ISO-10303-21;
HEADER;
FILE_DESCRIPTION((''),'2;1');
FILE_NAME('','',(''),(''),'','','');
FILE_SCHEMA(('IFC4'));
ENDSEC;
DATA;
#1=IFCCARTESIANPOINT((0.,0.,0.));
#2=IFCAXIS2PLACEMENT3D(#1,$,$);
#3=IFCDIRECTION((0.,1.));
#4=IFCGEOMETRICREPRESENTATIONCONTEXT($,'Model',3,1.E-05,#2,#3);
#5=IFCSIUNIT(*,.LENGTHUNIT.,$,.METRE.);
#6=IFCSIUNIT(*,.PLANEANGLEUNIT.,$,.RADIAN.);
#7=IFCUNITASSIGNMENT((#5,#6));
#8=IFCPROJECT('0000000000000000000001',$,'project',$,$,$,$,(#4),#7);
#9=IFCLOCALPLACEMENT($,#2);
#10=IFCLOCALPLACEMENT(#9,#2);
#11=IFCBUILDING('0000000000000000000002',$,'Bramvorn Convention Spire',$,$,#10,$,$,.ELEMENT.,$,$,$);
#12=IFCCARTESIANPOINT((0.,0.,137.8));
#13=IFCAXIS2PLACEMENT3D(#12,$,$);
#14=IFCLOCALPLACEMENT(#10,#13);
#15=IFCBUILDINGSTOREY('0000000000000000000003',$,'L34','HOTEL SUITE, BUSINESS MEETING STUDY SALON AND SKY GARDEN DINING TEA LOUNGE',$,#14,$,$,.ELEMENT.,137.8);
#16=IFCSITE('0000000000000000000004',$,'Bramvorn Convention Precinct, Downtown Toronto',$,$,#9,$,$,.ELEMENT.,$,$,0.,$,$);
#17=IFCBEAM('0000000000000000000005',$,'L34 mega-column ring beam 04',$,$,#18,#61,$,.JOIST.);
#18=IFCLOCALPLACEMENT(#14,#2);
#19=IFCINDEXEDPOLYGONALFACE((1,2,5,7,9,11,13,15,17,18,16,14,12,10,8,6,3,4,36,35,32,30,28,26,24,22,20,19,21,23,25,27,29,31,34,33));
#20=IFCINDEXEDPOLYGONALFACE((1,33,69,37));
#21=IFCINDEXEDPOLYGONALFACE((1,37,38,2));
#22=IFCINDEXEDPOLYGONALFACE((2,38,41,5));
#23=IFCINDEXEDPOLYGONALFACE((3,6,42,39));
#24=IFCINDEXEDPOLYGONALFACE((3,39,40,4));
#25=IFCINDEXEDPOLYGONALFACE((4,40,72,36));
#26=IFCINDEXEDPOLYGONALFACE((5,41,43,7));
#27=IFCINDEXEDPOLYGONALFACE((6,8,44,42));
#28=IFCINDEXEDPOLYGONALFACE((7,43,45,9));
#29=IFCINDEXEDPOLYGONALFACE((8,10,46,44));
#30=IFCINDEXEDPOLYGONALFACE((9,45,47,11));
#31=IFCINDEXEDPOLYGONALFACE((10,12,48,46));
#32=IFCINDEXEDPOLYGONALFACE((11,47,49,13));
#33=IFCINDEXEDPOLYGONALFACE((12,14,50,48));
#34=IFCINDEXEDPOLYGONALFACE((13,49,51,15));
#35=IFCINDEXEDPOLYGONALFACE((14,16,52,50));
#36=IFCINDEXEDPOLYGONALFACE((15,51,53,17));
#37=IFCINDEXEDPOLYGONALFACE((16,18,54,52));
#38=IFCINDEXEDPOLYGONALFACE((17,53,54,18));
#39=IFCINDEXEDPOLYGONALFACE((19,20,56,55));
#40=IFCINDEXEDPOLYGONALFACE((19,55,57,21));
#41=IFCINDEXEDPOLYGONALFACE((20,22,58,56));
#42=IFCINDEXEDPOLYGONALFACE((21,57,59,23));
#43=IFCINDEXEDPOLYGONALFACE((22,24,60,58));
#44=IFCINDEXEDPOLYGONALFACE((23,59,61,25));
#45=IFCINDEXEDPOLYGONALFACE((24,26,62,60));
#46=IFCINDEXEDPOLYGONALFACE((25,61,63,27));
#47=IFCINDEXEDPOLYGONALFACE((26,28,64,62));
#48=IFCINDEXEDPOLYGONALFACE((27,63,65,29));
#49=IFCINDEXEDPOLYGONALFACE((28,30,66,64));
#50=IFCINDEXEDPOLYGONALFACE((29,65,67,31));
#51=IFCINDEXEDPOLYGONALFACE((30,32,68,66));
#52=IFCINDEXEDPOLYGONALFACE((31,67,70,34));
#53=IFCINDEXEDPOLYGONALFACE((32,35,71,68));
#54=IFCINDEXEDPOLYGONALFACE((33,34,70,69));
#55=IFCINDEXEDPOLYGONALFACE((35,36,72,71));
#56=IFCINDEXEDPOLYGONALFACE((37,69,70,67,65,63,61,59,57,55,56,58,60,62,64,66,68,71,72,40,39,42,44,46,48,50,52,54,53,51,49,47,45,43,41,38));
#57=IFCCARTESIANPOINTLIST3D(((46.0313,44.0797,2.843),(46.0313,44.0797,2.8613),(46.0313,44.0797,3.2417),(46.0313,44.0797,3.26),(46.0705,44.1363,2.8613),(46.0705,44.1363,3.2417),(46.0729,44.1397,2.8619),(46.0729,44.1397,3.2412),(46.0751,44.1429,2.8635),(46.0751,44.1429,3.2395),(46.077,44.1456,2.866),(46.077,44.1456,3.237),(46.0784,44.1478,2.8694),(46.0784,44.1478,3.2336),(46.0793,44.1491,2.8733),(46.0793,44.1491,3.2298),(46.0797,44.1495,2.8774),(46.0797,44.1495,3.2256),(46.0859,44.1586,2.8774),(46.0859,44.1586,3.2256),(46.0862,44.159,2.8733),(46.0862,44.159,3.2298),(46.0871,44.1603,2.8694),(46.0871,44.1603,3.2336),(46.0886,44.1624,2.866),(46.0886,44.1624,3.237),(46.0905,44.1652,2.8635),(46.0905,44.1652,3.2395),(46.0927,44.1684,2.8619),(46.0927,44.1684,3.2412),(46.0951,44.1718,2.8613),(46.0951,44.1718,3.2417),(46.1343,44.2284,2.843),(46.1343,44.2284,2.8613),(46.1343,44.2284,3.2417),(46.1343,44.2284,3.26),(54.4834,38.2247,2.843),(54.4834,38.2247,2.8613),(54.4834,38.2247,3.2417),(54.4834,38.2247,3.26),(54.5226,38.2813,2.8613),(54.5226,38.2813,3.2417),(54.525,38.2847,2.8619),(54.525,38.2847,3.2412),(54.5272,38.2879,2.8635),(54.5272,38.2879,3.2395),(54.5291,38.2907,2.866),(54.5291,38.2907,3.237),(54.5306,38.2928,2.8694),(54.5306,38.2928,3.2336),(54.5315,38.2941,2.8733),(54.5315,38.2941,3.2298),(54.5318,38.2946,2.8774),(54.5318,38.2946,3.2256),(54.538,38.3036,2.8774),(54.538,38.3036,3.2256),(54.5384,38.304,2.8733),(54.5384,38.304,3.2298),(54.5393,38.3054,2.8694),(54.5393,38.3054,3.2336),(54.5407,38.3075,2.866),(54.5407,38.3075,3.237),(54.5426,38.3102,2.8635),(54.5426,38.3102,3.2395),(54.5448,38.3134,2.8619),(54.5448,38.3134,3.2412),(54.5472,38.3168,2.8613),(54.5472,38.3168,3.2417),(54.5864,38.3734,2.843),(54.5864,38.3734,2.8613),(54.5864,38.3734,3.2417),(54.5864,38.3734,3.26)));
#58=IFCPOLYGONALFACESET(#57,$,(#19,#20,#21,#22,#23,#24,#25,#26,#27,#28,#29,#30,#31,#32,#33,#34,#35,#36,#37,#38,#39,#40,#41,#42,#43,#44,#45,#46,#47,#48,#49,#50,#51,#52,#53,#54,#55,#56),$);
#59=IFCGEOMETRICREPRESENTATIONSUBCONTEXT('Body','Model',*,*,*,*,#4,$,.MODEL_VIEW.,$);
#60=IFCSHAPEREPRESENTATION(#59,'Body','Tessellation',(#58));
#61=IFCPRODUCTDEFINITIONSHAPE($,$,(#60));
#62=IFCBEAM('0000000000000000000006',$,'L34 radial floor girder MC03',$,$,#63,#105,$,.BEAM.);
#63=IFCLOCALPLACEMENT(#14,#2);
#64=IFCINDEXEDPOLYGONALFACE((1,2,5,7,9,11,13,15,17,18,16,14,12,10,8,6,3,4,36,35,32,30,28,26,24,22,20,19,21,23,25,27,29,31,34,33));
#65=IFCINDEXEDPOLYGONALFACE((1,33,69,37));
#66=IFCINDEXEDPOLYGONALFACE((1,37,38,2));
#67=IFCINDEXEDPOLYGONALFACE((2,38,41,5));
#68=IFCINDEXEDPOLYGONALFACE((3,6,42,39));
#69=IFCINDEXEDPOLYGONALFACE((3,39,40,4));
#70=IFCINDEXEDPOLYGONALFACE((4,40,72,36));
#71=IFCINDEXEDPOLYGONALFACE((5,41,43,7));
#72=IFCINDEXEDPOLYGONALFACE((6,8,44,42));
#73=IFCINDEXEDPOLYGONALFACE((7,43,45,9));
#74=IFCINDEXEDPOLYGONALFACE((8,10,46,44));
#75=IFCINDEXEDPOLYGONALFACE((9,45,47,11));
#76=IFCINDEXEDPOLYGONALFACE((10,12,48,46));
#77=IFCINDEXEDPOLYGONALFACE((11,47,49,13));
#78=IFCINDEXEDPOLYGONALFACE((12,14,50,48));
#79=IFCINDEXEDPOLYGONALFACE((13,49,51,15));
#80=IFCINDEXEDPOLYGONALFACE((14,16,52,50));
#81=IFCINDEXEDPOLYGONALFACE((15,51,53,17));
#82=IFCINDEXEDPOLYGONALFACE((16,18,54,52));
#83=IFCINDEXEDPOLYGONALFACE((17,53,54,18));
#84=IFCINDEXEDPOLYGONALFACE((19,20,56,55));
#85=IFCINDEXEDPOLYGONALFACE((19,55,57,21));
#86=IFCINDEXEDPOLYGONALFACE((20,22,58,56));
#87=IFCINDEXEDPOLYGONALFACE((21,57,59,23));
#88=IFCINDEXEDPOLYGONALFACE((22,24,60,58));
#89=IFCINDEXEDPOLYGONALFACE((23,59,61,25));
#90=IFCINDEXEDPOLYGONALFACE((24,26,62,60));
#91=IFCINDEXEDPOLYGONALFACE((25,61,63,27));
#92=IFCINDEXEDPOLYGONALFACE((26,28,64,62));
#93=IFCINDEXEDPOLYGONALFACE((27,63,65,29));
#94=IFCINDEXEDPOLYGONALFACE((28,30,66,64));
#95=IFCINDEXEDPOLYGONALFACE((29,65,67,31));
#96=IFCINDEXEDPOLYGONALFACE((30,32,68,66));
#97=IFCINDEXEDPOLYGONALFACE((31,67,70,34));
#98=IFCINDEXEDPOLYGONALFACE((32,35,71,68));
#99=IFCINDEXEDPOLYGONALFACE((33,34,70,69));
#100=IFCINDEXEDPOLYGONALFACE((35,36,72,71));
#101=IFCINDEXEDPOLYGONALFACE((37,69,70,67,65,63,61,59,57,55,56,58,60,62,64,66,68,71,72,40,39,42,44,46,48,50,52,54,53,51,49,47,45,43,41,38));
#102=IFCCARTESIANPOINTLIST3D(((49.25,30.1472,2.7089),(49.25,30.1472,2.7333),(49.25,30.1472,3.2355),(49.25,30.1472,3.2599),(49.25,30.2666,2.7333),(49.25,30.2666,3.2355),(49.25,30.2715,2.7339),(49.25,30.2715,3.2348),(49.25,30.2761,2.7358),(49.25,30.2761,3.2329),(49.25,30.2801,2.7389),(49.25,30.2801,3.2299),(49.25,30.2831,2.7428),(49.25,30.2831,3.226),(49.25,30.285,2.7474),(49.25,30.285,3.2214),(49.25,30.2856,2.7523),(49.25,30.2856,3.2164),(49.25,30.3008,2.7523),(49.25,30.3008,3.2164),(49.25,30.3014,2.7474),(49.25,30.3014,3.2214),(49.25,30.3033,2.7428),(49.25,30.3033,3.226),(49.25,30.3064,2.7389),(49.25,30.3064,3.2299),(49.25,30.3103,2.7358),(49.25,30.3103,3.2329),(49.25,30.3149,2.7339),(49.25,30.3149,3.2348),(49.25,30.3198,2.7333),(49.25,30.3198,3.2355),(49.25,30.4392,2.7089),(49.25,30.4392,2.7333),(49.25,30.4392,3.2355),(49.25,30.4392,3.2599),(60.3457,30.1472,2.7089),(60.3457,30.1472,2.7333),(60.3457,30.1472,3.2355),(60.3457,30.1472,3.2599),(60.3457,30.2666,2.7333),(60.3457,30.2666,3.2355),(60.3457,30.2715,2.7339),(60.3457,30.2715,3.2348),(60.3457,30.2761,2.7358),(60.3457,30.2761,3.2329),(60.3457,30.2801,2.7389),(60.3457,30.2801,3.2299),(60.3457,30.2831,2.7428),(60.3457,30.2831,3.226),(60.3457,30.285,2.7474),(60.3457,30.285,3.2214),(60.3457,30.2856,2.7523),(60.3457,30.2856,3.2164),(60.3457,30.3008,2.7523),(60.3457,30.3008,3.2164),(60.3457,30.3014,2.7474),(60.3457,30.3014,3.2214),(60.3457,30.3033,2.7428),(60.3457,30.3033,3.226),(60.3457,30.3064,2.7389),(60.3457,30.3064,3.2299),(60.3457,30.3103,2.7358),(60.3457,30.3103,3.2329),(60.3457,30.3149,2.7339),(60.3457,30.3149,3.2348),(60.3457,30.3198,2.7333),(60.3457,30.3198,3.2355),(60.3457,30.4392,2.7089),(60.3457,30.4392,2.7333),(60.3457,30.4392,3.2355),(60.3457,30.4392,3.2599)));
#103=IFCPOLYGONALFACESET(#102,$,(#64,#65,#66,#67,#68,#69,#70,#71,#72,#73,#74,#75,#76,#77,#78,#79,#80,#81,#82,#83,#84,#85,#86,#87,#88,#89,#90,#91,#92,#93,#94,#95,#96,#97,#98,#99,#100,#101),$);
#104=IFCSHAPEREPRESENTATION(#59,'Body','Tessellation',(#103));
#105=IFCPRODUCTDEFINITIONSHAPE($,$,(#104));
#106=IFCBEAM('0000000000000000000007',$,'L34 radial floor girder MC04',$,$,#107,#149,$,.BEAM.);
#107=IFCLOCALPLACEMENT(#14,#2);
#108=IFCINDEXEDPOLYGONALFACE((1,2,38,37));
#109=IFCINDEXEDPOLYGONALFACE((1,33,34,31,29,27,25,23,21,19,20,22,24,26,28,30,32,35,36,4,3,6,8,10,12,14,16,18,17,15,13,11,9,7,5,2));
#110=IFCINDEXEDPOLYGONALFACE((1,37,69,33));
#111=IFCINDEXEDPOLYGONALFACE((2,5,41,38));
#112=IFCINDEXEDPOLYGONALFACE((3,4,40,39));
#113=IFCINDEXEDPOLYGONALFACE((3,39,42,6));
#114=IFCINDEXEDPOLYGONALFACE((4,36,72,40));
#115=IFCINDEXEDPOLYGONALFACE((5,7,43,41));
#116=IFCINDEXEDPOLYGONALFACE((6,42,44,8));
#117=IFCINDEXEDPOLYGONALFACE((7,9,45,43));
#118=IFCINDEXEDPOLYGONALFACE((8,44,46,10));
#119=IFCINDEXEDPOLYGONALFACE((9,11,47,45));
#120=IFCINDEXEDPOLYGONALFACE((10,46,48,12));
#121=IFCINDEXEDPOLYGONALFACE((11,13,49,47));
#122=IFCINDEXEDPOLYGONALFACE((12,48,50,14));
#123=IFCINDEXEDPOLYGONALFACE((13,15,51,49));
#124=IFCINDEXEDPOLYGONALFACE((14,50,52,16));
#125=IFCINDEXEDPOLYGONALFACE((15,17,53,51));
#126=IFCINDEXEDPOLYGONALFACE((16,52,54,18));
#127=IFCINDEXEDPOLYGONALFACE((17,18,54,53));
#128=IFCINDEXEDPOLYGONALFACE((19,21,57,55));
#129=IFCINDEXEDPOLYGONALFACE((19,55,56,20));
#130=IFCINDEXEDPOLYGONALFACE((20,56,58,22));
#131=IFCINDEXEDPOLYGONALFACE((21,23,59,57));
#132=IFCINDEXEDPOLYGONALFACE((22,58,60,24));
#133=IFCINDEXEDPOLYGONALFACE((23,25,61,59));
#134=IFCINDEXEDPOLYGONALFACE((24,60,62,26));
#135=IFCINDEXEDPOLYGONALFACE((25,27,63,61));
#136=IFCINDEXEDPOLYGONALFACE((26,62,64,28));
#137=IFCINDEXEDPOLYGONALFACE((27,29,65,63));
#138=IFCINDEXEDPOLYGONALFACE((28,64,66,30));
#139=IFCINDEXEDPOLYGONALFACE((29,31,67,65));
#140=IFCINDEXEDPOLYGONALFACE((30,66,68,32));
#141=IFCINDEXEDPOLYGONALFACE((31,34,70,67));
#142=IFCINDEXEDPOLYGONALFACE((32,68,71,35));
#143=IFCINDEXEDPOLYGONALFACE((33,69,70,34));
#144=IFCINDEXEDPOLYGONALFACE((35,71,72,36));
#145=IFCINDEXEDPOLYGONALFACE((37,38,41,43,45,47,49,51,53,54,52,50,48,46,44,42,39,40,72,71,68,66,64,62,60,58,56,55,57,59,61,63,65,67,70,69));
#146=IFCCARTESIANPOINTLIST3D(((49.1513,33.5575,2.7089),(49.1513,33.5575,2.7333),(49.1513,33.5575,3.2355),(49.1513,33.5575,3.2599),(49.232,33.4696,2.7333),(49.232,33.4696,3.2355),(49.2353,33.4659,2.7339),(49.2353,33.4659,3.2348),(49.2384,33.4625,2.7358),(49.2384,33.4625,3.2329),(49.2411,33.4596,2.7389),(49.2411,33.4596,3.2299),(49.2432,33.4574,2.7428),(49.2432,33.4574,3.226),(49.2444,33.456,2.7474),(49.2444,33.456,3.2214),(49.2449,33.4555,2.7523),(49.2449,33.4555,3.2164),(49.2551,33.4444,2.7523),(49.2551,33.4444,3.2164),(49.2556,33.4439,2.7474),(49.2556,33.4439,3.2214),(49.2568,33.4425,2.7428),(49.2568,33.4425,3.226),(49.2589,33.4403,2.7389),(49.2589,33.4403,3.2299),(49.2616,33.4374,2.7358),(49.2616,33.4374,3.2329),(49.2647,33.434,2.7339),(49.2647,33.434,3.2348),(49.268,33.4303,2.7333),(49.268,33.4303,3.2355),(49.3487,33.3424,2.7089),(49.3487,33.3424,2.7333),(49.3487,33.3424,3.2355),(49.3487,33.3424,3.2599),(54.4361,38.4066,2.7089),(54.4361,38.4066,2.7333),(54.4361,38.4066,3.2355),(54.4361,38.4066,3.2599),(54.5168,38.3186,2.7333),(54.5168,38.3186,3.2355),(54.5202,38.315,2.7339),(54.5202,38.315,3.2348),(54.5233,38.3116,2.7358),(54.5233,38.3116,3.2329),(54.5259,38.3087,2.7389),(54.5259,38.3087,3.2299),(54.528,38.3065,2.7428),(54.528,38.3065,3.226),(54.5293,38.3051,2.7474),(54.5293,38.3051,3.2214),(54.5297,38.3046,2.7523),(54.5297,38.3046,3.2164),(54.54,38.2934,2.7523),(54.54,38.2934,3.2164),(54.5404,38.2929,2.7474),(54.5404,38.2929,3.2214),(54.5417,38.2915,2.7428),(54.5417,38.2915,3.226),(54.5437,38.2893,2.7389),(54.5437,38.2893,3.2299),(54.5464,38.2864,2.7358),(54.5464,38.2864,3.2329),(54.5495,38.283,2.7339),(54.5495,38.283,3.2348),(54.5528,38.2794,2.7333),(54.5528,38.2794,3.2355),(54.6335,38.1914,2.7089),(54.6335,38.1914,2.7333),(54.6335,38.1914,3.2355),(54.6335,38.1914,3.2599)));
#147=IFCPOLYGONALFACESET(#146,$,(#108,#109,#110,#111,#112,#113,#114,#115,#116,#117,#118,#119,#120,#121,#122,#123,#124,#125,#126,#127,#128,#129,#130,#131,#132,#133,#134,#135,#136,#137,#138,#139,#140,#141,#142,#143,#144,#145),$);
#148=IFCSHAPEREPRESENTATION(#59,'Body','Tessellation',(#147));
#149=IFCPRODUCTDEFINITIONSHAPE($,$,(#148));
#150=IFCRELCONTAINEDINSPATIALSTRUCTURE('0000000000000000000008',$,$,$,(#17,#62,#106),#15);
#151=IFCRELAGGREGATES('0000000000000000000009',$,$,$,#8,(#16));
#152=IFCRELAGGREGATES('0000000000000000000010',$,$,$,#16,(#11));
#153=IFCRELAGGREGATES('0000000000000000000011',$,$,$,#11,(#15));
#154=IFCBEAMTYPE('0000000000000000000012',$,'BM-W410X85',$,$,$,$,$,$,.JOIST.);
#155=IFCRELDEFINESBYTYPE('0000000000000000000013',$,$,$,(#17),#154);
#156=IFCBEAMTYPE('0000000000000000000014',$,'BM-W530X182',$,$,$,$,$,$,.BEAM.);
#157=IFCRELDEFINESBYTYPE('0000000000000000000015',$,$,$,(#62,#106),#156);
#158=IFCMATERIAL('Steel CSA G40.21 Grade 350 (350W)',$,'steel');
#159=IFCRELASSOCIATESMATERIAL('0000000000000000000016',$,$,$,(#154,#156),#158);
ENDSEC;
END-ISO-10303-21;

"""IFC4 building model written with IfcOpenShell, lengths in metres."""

from ifc_helpers import new_model, si_unit, direction, frame, origin, origin_2d, place, context, subcontext, project, spatial, i_section, extrude, material, material_profile, profile_set, type_object, element, save


model = new_model("IFC4")

# Units and contexts
model_context = context("Model", 3, precision=1e-05, world=origin(), true_north=direction((0.0, 1.0)))
body_context = subcontext(model_context, "Body", "Model", "MODEL_VIEW")
ifc_project = project(units=[si_unit("LENGTHUNIT", "METRE"), si_unit("PLANEANGLEUNIT", "RADIAN")], contexts=[model_context])

# Site, building, storey
site_placement = place(None, origin())
site = spatial("IfcSite", under=ifc_project, at=site_placement, Name="Bramvorn Convention Precinct, Downtown Toronto", CompositionType="ELEMENT", RefElevation=0.0)
building_placement = place(site_placement, origin())
building = spatial("IfcBuilding", under=site, at=building_placement, Name="Bramvorn Convention Spire", CompositionType="ELEMENT")
storey_placement = place(building_placement, frame((0.0, 0.0, 137.8)))
storey = spatial("IfcBuildingStorey", under=building, at=storey_placement, Name="L34", Description="HOTEL SUITE, BUSINESS MEETING STUDY SALON AND SKY GARDEN DINING TEA LOUNGE", CompositionType="ELEMENT", Elevation=137.8)

# Shared definitions
ifc_material_1 = material(Name="Steel CSA G40.21 Grade 350 (350W)", Category="steel")

# Beams
ifc_material_profile_1 = material_profile(ifc_material_1, i_section(OverallWidth=0.1809, OverallDepth=0.417, WebThickness=0.011, FlangeThickness=0.0183, FilletRadius=0.0161, at=origin_2d()))
ifc_profile_set_1 = profile_set([ifc_material_profile_1], Name="Steel CSA G40.21 Grade 350 (350W) - W410X85")
beam_type_1 = type_object("IfcBeamType", Name="BM-W410X85", PredefinedType="JOIST", material=ifc_profile_set_1)
beam_1_placement = place(storey_placement, frame((54.5349, 38.2991, 3.0515), z_axis=(-0.822033, 0.56944, 0.0), x_axis=(-0.56944, -0.822033, 0.0)))
element("IfcBeam", 1, at=beam_1_placement, inside=storey, type_object=beam_type_1, Name="L34 mega-column ring beam 04", PredefinedType="JOIST", context=body_context, shape_type="SweptSolid", body=[
    extrude(i_section(OverallWidth=0.1809, OverallDepth=0.417, WebThickness=0.011, FlangeThickness=0.0183, FilletRadius=0.0161, at=origin_2d()), origin(), (0.0, 0.0, 1.0), 10.282),
])
ifc_material_profile_2 = material_profile(ifc_material_1, i_section(OverallWidth=0.292, OverallDepth=0.551, WebThickness=0.0151, FlangeThickness=0.0244, FilletRadius=0.019, at=origin_2d()))
ifc_profile_set_2 = profile_set([ifc_material_profile_2], Name="Steel CSA G40.21 Grade 350 (350W) - W530X182")
beam_type_2 = type_object("IfcBeamType", Name="BM-W530X182", PredefinedType="BEAM", material=ifc_profile_set_2)
beam_2_placement = place(storey_placement, frame((49.25, 30.2932, 2.9844), z_axis=(1.0, 0.0, 0.0), x_axis=(0.0, 1.0, 0.0)))
element("IfcBeam", 2, at=beam_2_placement, inside=storey, type_object=beam_type_2, Name="L34 radial floor girder MC03", PredefinedType="BEAM", context=body_context, shape_type="SweptSolid", body=[
    extrude(i_section(OverallWidth=0.292, OverallDepth=0.551, WebThickness=0.0151, FlangeThickness=0.0244, FilletRadius=0.019, at=origin_2d()), origin(), (0.0, 0.0, 1.0), 11.0957),
])
beam_3_placement = place(storey_placement, frame((49.25, 33.45, 2.9844), z_axis=(0.736833, 0.676074, 0.0), x_axis=(-0.676074, 0.736833, 0.0)))
element("IfcBeam", 3, at=beam_3_placement, inside=storey, type_object=beam_type_2, Name="L34 radial floor girder MC04", PredefinedType="BEAM", context=body_context, shape_type="SweptSolid", body=[
    extrude(i_section(OverallWidth=0.292, OverallDepth=0.551, WebThickness=0.0151, FlangeThickness=0.0244, FilletRadius=0.019, at=origin_2d()), origin(), (0.0, 0.0, 1.0), 7.1724),
])

save(model, "model.ifc")
